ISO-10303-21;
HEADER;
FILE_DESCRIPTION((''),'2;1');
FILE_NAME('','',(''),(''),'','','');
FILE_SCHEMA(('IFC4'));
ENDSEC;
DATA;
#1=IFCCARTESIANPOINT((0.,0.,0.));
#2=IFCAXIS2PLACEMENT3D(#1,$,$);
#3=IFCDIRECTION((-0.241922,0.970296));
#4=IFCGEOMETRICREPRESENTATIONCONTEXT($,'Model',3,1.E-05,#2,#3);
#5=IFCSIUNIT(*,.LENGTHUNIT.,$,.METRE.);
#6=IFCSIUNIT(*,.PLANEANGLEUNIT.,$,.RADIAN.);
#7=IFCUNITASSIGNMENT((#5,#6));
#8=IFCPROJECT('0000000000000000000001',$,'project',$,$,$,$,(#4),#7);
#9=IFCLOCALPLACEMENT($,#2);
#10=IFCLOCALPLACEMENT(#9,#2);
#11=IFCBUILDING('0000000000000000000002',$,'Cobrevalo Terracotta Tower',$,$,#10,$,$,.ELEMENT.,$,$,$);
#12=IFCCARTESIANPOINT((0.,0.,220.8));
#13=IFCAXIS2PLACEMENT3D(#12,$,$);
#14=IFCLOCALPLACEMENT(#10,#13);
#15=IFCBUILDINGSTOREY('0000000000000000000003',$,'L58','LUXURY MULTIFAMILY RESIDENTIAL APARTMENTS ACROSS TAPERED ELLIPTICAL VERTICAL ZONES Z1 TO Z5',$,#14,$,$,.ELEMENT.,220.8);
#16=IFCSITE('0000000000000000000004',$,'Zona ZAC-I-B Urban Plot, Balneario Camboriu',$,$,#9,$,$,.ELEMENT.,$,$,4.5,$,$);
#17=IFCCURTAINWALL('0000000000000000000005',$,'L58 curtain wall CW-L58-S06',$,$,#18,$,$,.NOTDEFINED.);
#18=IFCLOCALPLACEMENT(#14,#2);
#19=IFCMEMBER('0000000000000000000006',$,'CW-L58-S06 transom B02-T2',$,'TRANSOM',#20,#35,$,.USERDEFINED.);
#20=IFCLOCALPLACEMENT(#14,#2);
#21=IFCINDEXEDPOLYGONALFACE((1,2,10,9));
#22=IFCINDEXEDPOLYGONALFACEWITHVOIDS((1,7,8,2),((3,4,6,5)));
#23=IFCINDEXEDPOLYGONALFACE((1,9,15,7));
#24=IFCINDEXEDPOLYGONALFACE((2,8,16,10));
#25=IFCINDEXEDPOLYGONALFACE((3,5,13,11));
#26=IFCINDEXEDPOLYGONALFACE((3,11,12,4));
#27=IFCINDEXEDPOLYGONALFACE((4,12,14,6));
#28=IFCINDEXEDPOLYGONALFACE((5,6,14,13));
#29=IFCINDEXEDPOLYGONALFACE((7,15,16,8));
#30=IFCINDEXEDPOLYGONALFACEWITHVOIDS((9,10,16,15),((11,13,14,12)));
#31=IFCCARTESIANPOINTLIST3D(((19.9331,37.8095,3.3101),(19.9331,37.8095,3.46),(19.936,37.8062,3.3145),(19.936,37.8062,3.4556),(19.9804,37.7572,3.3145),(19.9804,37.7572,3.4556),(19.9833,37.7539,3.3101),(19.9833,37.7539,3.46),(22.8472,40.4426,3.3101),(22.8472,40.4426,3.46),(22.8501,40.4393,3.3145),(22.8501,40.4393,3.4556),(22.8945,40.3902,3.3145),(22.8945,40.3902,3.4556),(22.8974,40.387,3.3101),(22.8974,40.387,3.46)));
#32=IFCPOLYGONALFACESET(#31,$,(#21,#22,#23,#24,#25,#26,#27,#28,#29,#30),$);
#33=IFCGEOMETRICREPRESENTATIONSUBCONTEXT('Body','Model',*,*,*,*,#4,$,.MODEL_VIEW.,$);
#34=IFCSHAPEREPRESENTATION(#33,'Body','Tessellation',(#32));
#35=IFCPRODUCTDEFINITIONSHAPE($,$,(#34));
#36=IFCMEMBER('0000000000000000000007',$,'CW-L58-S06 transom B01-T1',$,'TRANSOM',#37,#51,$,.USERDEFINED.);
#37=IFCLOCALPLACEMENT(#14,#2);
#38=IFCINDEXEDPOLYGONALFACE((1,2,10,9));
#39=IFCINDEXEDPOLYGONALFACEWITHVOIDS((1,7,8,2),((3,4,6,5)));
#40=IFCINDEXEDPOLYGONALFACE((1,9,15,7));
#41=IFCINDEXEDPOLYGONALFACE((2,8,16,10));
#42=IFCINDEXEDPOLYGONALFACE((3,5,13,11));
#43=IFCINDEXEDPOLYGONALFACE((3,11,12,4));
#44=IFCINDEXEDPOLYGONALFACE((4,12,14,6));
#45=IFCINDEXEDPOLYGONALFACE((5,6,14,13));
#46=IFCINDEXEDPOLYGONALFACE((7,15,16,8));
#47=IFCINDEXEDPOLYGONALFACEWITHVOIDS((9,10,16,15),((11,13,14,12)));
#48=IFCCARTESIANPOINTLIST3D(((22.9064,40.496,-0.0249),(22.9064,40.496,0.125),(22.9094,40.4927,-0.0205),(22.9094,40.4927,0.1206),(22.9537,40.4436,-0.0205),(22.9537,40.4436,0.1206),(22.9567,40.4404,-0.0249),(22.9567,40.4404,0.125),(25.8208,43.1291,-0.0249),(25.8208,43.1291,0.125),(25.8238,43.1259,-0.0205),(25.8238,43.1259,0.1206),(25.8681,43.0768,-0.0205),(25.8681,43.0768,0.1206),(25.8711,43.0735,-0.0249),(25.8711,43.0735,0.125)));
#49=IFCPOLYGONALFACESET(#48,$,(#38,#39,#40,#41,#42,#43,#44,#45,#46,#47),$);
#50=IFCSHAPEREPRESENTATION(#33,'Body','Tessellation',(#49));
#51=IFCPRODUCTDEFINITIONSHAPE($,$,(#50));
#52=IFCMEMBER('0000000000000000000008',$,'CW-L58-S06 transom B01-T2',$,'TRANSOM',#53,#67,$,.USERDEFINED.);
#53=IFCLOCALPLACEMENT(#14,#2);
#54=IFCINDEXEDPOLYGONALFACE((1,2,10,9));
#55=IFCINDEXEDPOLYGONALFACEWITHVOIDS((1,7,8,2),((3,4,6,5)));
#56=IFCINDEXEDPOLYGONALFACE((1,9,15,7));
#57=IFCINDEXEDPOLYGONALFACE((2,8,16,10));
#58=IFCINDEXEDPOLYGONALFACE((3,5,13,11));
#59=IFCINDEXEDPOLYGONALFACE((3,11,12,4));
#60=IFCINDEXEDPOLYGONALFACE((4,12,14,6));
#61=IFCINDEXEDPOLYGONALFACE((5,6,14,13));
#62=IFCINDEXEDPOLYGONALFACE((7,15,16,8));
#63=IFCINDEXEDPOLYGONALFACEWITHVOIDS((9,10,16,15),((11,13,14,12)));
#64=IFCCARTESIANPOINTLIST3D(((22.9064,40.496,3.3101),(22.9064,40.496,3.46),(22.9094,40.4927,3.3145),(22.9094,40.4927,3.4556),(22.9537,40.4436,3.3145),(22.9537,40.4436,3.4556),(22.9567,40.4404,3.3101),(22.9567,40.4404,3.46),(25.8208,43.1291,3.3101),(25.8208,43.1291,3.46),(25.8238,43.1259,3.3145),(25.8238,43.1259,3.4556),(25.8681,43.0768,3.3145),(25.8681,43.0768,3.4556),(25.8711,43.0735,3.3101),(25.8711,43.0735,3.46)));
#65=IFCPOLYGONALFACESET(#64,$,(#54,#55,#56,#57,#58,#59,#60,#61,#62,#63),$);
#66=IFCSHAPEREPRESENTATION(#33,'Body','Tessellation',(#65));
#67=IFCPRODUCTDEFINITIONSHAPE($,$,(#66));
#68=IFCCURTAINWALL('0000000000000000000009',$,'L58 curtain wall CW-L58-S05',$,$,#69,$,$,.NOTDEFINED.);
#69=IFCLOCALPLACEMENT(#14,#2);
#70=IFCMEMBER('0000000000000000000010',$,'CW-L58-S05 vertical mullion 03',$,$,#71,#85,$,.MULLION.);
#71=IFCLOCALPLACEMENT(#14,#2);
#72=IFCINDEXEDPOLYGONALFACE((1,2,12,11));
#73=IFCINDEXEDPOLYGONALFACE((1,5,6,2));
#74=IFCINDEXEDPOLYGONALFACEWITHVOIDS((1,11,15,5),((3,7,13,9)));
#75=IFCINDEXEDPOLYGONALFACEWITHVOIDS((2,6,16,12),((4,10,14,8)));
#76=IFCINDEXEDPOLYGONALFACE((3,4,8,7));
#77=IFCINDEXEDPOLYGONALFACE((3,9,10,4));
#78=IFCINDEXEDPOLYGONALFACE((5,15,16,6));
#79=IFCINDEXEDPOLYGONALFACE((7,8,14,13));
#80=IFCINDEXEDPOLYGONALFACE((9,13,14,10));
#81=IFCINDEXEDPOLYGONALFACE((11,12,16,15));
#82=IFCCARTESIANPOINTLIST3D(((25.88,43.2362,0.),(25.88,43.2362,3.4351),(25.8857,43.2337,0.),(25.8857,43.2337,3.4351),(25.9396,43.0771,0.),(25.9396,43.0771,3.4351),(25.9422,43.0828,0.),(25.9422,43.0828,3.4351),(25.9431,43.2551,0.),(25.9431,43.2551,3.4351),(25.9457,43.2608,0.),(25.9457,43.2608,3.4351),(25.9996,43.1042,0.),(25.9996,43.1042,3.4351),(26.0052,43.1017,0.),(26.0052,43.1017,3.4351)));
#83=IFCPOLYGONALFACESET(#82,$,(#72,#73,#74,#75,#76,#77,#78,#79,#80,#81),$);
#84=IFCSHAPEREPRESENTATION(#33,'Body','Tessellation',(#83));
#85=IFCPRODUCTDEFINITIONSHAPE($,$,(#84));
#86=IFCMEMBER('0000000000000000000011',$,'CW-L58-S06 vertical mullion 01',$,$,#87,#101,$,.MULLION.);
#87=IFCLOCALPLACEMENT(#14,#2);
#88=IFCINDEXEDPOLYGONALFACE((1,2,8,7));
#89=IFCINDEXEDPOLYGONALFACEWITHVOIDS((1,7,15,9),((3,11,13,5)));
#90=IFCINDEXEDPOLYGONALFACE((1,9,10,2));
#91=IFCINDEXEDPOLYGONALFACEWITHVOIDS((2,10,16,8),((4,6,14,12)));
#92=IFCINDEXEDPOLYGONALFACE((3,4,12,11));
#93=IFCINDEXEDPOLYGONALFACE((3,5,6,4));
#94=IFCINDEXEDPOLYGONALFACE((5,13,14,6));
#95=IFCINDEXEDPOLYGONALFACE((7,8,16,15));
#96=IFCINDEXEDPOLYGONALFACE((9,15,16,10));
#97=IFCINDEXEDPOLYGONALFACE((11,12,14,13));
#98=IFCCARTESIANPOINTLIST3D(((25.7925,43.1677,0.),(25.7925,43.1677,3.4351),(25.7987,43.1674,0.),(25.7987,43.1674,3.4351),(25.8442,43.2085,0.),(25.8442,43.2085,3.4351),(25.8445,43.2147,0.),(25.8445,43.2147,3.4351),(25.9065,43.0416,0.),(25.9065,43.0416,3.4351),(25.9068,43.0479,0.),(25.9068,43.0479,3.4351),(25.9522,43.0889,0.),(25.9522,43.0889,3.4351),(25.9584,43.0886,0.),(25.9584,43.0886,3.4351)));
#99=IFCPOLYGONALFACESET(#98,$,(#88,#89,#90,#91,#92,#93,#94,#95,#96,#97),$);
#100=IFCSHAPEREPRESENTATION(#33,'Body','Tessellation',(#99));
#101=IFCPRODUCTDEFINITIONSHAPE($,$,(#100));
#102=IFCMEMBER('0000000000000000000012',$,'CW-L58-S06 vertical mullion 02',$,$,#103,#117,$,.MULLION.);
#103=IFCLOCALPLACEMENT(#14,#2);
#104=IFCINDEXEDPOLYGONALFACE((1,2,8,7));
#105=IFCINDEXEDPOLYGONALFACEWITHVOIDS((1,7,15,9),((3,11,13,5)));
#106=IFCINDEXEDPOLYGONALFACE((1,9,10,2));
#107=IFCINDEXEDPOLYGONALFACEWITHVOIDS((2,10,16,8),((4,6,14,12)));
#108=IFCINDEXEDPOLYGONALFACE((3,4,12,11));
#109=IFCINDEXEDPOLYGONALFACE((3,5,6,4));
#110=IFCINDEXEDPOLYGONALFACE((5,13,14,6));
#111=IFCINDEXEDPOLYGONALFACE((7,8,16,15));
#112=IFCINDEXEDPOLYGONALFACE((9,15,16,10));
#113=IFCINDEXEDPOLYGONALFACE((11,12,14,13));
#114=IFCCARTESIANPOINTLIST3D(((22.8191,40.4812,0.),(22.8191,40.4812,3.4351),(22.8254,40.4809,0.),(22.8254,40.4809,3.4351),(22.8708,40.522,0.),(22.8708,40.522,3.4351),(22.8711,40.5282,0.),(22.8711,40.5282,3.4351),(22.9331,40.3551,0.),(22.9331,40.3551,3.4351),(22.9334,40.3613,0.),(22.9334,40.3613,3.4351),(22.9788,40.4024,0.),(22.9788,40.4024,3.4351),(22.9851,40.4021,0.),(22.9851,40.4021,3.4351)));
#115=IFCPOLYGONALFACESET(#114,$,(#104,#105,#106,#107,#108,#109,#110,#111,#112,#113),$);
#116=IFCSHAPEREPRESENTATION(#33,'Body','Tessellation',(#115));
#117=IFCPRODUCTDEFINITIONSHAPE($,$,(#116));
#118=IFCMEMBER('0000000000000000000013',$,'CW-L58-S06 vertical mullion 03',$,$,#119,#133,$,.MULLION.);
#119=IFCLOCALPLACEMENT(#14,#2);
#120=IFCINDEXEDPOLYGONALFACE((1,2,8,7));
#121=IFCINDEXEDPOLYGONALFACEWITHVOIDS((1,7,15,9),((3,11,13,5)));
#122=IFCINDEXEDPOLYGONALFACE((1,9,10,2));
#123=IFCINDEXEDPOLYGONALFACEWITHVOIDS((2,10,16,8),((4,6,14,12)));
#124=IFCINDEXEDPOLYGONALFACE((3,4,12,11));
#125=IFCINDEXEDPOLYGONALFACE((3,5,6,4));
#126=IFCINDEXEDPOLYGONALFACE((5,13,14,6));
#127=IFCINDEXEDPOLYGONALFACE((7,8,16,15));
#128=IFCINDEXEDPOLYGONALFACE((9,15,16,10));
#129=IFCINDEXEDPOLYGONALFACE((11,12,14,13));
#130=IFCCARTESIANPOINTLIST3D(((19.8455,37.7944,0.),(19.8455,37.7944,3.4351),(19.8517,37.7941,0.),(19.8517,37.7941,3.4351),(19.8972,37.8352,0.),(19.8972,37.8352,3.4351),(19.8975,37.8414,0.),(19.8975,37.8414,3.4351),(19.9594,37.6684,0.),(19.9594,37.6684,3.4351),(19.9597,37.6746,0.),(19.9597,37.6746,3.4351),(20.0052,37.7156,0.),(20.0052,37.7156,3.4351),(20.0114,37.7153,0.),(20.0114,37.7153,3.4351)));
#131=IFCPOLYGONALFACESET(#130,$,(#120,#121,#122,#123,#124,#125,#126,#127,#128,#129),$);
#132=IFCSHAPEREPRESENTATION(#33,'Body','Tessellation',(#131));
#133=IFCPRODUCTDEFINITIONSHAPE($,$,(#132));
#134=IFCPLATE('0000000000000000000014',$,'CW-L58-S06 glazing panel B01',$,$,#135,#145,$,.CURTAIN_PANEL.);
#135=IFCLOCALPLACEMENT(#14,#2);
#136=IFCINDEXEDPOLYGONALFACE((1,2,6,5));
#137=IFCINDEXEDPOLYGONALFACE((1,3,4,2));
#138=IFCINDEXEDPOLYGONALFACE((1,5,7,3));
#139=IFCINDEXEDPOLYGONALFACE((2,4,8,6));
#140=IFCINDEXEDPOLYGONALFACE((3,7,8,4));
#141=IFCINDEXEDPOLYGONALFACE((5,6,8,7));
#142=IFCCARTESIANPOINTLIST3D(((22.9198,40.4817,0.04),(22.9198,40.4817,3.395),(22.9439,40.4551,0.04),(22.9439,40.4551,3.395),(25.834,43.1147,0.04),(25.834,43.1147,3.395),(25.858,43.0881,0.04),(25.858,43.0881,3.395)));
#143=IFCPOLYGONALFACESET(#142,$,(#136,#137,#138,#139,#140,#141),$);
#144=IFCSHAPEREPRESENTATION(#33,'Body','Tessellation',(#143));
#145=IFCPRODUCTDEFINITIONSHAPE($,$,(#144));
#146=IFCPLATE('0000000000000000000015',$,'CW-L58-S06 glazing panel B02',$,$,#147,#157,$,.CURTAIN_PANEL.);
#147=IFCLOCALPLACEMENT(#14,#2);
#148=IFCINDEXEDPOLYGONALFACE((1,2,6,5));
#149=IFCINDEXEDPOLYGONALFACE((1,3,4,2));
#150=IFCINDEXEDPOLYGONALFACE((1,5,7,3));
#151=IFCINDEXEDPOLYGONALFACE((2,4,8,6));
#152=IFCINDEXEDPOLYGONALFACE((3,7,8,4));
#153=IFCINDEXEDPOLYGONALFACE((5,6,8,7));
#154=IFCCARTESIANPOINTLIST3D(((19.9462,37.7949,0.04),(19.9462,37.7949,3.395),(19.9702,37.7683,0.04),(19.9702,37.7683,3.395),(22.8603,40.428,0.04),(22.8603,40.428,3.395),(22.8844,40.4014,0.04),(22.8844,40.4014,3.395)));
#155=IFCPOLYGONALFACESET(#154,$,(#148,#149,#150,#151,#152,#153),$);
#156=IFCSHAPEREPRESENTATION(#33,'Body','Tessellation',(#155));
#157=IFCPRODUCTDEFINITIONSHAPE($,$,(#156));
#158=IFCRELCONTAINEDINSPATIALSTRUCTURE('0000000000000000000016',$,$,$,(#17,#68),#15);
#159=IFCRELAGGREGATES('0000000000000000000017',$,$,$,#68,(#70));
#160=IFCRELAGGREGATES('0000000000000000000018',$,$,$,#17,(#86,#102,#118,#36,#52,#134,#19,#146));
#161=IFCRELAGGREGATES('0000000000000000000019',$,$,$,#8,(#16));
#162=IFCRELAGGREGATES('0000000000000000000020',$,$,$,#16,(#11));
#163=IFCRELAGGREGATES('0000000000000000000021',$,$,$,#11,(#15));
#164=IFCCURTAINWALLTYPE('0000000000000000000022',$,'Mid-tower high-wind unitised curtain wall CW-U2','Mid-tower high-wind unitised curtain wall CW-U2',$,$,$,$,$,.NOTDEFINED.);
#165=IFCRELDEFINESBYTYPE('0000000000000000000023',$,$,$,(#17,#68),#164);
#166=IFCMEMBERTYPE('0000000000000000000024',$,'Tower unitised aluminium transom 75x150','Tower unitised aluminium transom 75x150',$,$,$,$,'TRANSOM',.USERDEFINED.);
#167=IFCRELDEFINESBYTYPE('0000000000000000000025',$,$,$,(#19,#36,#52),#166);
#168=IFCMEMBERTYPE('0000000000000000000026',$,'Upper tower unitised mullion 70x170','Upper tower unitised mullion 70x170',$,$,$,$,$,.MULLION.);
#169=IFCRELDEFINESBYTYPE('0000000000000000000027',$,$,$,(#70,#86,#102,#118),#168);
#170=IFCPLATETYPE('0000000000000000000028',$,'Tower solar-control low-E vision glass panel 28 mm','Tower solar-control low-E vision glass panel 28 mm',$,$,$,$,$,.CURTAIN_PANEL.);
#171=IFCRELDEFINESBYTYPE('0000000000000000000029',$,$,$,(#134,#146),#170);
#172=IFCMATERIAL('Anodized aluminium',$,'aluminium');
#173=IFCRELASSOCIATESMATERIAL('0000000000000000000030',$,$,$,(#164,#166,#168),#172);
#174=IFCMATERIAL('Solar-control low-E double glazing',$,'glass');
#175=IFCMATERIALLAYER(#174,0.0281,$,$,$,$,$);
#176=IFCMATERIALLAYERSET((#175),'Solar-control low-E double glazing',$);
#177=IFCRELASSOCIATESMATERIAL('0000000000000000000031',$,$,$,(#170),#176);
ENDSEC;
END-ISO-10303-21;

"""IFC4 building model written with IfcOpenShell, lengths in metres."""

from ifc_helpers import new_model, si_unit, direction, frame, origin, origin_2d, place, context, subcontext, project, spatial, rectangle, hollow_rectangle, extrude, source, transform, mapped, material, layer, layer_set, material_profile, profile_set, type_object, element, aggregate, save


model = new_model("IFC4")

# Units and contexts
model_context = context("Model", 3, precision=1e-05, world=origin(), true_north=direction((-0.241922, 0.970296)))
body_context = subcontext(model_context, "Body", "Model", "MODEL_VIEW")
ifc_project = project(units=[si_unit("LENGTHUNIT", "METRE"), si_unit("PLANEANGLEUNIT", "RADIAN")], contexts=[model_context])

# Site, building, storey
site_placement = place(None, origin())
site = spatial("IfcSite", under=ifc_project, at=site_placement, Name="Zona ZAC-I-B Urban Plot, Balneario Camboriu", CompositionType="ELEMENT", RefElevation=4.5)
building_placement = place(site_placement, origin())
building = spatial("IfcBuilding", under=site, at=building_placement, Name="Cobrevalo Terracotta Tower", CompositionType="ELEMENT")
storey_placement = place(building_placement, frame((0.0, 0.0, 220.8)))
storey = spatial("IfcBuildingStorey", under=building, at=storey_placement, Name="L58", Description="LUXURY MULTIFAMILY RESIDENTIAL APARTMENTS ACROSS TAPERED ELLIPTICAL VERTICAL ZONES Z1 TO Z5", CompositionType="ELEMENT", Elevation=220.8)

# Curtain wall, members
ifc_material_1 = material(Name="Anodized aluminium", Category="aluminium")
curtain_wall_type = type_object("IfcCurtainWallType", Name="Mid-tower high-wind unitised curtain wall CW-U2", Description="Mid-tower high-wind unitised curtain wall CW-U2", PredefinedType="NOTDEFINED", material=ifc_material_1)
curtain_wall_1_placement = place(storey_placement, origin())
curtain_wall_1 = element("IfcCurtainWall", 1, at=curtain_wall_1_placement, inside=storey, type_object=curtain_wall_type, Name="L58 curtain wall CW-L58-S06", PredefinedType="NOTDEFINED")
ifc_material_profile_1 = material_profile(ifc_material_1, hollow_rectangle(XDim=0.075, YDim=0.1499, WallThickness=0.0044, at=origin_2d()), Name="CWT 75x150")
ifc_profile_set_1 = profile_set([ifc_material_profile_1], Name="Anodized aluminium")
member_type_1 = type_object("IfcMemberType", Name="Tower unitised aluminium transom 75x150", Description="Tower unitised aluminium transom 75x150", ElementType="TRANSOM", PredefinedType="USERDEFINED", material=ifc_profile_set_1)
shared_shape_1 = source(origin(), body_context, "Body", "SweptSolid", [
    extrude(hollow_rectangle(XDim=0.075, YDim=0.1499, WallThickness=0.0044, at=origin_2d()), origin(), (0.0, 0.0, 1.0), 3.9275),
])
member_1_placement = place(storey_placement, frame((22.8723, 40.4148, 3.385), z_axis=(-0.741976, -0.670426, 0.0), x_axis=(0.670426, -0.741976, 0.0)))
member_1 = element("IfcMember", 2, at=member_1_placement, type_object=member_type_1, Name="CW-L58-S06 transom B02-T2", ObjectType="TRANSOM", PredefinedType="USERDEFINED", context=body_context, shape_type="MappedRepresentation", body=[
    mapped(shared_shape_1, transform((0.0, 0.0, 0.0), scale=1.0)),
])
shared_shape_2 = source(origin(), body_context, "Body", "SweptSolid", [
    extrude(hollow_rectangle(XDim=0.075, YDim=0.1499, WallThickness=0.0044, at=origin_2d()), origin(), (0.0, 0.0, 1.0), 3.9277),
])
member_2_placement = place(storey_placement, frame((25.8459, 43.1013, 0.05), z_axis=(-0.742004, -0.670396, 0.0), x_axis=(0.670396, -0.742004, 0.0)))
member_2 = element("IfcMember", 3, at=member_2_placement, type_object=member_type_1, Name="CW-L58-S06 transom B01-T1", ObjectType="TRANSOM", PredefinedType="USERDEFINED", context=body_context, shape_type="MappedRepresentation", body=[
    mapped(shared_shape_2, transform((0.0, 0.0, 0.0), scale=1.0)),
])
member_3_placement = place(storey_placement, frame((25.8459, 43.1013, 3.385), z_axis=(-0.742004, -0.670396, 0.0), x_axis=(0.670396, -0.742004, 0.0)))
member_3 = element("IfcMember", 4, at=member_3_placement, type_object=member_type_1, Name="CW-L58-S06 transom B01-T2", ObjectType="TRANSOM", PredefinedType="USERDEFINED", context=body_context, shape_type="MappedRepresentation", body=[
    mapped(shared_shape_2, transform((0.0, 0.0, 0.0), scale=1.0)),
])

# Curtain wall, member
curtain_wall_2_placement = place(storey_placement, origin())
curtain_wall_2 = element("IfcCurtainWall", 5, at=curtain_wall_2_placement, inside=storey, type_object=curtain_wall_type, Name="L58 curtain wall CW-L58-S05", PredefinedType="NOTDEFINED")
ifc_material_profile_2 = material_profile(ifc_material_1, hollow_rectangle(XDim=0.0701, YDim=0.1699, WallThickness=0.0044, at=origin_2d()), Name="CWM 70x170")
ifc_profile_set_2 = profile_set([ifc_material_profile_2], Name="Anodized aluminium")
member_type_2 = type_object("IfcMemberType", Name="Upper tower unitised mullion 70x170", Description="Upper tower unitised mullion 70x170", PredefinedType="MULLION", material=ifc_profile_set_2)
shared_shape_3 = source(origin(), body_context, "Body", "SweptSolid", [
    extrude(hollow_rectangle(XDim=0.0701, YDim=0.1699, WallThickness=0.0044, at=origin_2d()), origin(), (0.0, 0.0, 1.0), 3.4351),
])
member_4_placement = place(storey_placement, frame((25.9426, 43.1689, 0.0), z_axis=(0.0, 0.0, 1.0), x_axis=(-0.936556, -0.350518, 0.0)))
member_4 = element("IfcMember", 6, at=member_4_placement, type_object=member_type_2, Name="CW-L58-S05 vertical mullion 03", PredefinedType="MULLION", context=body_context, shape_type="MappedRepresentation", body=[
    mapped(shared_shape_3, transform((0.0, 0.0, 0.0), scale=1.0)),
])
aggregate(curtain_wall_2, [member_4])

# Members
member_5_placement = place(storey_placement, frame((25.8755, 43.1282, 0.0), z_axis=(0.0, 0.0, 1.0), x_axis=(-0.741988, -0.670414, 0.0)))
member_5 = element("IfcMember", 7, at=member_5_placement, type_object=member_type_2, Name="CW-L58-S06 vertical mullion 01", PredefinedType="MULLION", context=body_context, shape_type="MappedRepresentation", body=[
    mapped(shared_shape_3, transform((0.0, 0.0, 0.0), scale=1.0)),
])
member_6_placement = place(storey_placement, frame((22.9021, 40.4417, 0.0), z_axis=(0.0, 0.0, 1.0), x_axis=(-0.741988, -0.670414, 0.0)))
member_6 = element("IfcMember", 8, at=member_6_placement, type_object=member_type_2, Name="CW-L58-S06 vertical mullion 02", PredefinedType="MULLION", context=body_context, shape_type="MappedRepresentation", body=[
    mapped(shared_shape_3, transform((0.0, 0.0, 0.0), scale=1.0)),
])
member_7_placement = place(storey_placement, frame((19.9285, 37.7549, 0.0), z_axis=(0.0, 0.0, 1.0), x_axis=(-0.741988, -0.670414, 0.0)))
member_7 = element("IfcMember", 9, at=member_7_placement, type_object=member_type_2, Name="CW-L58-S06 vertical mullion 03", PredefinedType="MULLION", context=body_context, shape_type="MappedRepresentation", body=[
    mapped(shared_shape_3, transform((0.0, 0.0, 0.0), scale=1.0)),
])

# Plates
ifc_material_2 = material(Name="Solar-control low-E double glazing", Category="glass")
ifc_layer_1 = layer(ifc_material_2, 0.0281)
ifc_layer_set_1 = layer_set([ifc_layer_1], Name="Solar-control low-E double glazing")
plate_type = type_object("IfcPlateType", Name="Tower solar-control low-E vision glass panel 28 mm", Description="Tower solar-control low-E vision glass panel 28 mm", PredefinedType="CURTAIN_PANEL", material=ifc_layer_set_1)
shared_shape_4 = source(origin(), body_context, "Body", "SweptSolid", [
    extrude(rectangle(XDim=3.9275, YDim=0.0359, at=origin_2d()), origin(), (0.0, 0.0, 1.0), 3.355),
])
plate_1_placement = place(storey_placement, frame((24.3889, 41.7849, 0.04), z_axis=(0.0, 0.0, 1.0), x_axis=(-0.741988, -0.670414, 0.0)))
plate_1 = element("IfcPlate", 10, at=plate_1_placement, type_object=plate_type, Name="CW-L58-S06 glazing panel B01", PredefinedType="CURTAIN_PANEL", context=body_context, shape_type="MappedRepresentation", body=[
    mapped(shared_shape_4, transform((0.0, 0.0, 0.0), scale=1.0)),
])
plate_2_placement = place(storey_placement, frame((21.4153, 39.0981, 0.04), z_axis=(0.0, 0.0, 1.0), x_axis=(-0.741988, -0.670414, 0.0)))
plate_2 = element("IfcPlate", 11, at=plate_2_placement, type_object=plate_type, Name="CW-L58-S06 glazing panel B02", PredefinedType="CURTAIN_PANEL", context=body_context, shape_type="MappedRepresentation", body=[
    mapped(shared_shape_4, transform((0.0, 0.0, 0.0), scale=1.0)),
])
aggregate(curtain_wall_1, [member_5, member_6, member_7, member_2, member_3, plate_1, member_1, plate_2])

save(model, "model.ifc")
